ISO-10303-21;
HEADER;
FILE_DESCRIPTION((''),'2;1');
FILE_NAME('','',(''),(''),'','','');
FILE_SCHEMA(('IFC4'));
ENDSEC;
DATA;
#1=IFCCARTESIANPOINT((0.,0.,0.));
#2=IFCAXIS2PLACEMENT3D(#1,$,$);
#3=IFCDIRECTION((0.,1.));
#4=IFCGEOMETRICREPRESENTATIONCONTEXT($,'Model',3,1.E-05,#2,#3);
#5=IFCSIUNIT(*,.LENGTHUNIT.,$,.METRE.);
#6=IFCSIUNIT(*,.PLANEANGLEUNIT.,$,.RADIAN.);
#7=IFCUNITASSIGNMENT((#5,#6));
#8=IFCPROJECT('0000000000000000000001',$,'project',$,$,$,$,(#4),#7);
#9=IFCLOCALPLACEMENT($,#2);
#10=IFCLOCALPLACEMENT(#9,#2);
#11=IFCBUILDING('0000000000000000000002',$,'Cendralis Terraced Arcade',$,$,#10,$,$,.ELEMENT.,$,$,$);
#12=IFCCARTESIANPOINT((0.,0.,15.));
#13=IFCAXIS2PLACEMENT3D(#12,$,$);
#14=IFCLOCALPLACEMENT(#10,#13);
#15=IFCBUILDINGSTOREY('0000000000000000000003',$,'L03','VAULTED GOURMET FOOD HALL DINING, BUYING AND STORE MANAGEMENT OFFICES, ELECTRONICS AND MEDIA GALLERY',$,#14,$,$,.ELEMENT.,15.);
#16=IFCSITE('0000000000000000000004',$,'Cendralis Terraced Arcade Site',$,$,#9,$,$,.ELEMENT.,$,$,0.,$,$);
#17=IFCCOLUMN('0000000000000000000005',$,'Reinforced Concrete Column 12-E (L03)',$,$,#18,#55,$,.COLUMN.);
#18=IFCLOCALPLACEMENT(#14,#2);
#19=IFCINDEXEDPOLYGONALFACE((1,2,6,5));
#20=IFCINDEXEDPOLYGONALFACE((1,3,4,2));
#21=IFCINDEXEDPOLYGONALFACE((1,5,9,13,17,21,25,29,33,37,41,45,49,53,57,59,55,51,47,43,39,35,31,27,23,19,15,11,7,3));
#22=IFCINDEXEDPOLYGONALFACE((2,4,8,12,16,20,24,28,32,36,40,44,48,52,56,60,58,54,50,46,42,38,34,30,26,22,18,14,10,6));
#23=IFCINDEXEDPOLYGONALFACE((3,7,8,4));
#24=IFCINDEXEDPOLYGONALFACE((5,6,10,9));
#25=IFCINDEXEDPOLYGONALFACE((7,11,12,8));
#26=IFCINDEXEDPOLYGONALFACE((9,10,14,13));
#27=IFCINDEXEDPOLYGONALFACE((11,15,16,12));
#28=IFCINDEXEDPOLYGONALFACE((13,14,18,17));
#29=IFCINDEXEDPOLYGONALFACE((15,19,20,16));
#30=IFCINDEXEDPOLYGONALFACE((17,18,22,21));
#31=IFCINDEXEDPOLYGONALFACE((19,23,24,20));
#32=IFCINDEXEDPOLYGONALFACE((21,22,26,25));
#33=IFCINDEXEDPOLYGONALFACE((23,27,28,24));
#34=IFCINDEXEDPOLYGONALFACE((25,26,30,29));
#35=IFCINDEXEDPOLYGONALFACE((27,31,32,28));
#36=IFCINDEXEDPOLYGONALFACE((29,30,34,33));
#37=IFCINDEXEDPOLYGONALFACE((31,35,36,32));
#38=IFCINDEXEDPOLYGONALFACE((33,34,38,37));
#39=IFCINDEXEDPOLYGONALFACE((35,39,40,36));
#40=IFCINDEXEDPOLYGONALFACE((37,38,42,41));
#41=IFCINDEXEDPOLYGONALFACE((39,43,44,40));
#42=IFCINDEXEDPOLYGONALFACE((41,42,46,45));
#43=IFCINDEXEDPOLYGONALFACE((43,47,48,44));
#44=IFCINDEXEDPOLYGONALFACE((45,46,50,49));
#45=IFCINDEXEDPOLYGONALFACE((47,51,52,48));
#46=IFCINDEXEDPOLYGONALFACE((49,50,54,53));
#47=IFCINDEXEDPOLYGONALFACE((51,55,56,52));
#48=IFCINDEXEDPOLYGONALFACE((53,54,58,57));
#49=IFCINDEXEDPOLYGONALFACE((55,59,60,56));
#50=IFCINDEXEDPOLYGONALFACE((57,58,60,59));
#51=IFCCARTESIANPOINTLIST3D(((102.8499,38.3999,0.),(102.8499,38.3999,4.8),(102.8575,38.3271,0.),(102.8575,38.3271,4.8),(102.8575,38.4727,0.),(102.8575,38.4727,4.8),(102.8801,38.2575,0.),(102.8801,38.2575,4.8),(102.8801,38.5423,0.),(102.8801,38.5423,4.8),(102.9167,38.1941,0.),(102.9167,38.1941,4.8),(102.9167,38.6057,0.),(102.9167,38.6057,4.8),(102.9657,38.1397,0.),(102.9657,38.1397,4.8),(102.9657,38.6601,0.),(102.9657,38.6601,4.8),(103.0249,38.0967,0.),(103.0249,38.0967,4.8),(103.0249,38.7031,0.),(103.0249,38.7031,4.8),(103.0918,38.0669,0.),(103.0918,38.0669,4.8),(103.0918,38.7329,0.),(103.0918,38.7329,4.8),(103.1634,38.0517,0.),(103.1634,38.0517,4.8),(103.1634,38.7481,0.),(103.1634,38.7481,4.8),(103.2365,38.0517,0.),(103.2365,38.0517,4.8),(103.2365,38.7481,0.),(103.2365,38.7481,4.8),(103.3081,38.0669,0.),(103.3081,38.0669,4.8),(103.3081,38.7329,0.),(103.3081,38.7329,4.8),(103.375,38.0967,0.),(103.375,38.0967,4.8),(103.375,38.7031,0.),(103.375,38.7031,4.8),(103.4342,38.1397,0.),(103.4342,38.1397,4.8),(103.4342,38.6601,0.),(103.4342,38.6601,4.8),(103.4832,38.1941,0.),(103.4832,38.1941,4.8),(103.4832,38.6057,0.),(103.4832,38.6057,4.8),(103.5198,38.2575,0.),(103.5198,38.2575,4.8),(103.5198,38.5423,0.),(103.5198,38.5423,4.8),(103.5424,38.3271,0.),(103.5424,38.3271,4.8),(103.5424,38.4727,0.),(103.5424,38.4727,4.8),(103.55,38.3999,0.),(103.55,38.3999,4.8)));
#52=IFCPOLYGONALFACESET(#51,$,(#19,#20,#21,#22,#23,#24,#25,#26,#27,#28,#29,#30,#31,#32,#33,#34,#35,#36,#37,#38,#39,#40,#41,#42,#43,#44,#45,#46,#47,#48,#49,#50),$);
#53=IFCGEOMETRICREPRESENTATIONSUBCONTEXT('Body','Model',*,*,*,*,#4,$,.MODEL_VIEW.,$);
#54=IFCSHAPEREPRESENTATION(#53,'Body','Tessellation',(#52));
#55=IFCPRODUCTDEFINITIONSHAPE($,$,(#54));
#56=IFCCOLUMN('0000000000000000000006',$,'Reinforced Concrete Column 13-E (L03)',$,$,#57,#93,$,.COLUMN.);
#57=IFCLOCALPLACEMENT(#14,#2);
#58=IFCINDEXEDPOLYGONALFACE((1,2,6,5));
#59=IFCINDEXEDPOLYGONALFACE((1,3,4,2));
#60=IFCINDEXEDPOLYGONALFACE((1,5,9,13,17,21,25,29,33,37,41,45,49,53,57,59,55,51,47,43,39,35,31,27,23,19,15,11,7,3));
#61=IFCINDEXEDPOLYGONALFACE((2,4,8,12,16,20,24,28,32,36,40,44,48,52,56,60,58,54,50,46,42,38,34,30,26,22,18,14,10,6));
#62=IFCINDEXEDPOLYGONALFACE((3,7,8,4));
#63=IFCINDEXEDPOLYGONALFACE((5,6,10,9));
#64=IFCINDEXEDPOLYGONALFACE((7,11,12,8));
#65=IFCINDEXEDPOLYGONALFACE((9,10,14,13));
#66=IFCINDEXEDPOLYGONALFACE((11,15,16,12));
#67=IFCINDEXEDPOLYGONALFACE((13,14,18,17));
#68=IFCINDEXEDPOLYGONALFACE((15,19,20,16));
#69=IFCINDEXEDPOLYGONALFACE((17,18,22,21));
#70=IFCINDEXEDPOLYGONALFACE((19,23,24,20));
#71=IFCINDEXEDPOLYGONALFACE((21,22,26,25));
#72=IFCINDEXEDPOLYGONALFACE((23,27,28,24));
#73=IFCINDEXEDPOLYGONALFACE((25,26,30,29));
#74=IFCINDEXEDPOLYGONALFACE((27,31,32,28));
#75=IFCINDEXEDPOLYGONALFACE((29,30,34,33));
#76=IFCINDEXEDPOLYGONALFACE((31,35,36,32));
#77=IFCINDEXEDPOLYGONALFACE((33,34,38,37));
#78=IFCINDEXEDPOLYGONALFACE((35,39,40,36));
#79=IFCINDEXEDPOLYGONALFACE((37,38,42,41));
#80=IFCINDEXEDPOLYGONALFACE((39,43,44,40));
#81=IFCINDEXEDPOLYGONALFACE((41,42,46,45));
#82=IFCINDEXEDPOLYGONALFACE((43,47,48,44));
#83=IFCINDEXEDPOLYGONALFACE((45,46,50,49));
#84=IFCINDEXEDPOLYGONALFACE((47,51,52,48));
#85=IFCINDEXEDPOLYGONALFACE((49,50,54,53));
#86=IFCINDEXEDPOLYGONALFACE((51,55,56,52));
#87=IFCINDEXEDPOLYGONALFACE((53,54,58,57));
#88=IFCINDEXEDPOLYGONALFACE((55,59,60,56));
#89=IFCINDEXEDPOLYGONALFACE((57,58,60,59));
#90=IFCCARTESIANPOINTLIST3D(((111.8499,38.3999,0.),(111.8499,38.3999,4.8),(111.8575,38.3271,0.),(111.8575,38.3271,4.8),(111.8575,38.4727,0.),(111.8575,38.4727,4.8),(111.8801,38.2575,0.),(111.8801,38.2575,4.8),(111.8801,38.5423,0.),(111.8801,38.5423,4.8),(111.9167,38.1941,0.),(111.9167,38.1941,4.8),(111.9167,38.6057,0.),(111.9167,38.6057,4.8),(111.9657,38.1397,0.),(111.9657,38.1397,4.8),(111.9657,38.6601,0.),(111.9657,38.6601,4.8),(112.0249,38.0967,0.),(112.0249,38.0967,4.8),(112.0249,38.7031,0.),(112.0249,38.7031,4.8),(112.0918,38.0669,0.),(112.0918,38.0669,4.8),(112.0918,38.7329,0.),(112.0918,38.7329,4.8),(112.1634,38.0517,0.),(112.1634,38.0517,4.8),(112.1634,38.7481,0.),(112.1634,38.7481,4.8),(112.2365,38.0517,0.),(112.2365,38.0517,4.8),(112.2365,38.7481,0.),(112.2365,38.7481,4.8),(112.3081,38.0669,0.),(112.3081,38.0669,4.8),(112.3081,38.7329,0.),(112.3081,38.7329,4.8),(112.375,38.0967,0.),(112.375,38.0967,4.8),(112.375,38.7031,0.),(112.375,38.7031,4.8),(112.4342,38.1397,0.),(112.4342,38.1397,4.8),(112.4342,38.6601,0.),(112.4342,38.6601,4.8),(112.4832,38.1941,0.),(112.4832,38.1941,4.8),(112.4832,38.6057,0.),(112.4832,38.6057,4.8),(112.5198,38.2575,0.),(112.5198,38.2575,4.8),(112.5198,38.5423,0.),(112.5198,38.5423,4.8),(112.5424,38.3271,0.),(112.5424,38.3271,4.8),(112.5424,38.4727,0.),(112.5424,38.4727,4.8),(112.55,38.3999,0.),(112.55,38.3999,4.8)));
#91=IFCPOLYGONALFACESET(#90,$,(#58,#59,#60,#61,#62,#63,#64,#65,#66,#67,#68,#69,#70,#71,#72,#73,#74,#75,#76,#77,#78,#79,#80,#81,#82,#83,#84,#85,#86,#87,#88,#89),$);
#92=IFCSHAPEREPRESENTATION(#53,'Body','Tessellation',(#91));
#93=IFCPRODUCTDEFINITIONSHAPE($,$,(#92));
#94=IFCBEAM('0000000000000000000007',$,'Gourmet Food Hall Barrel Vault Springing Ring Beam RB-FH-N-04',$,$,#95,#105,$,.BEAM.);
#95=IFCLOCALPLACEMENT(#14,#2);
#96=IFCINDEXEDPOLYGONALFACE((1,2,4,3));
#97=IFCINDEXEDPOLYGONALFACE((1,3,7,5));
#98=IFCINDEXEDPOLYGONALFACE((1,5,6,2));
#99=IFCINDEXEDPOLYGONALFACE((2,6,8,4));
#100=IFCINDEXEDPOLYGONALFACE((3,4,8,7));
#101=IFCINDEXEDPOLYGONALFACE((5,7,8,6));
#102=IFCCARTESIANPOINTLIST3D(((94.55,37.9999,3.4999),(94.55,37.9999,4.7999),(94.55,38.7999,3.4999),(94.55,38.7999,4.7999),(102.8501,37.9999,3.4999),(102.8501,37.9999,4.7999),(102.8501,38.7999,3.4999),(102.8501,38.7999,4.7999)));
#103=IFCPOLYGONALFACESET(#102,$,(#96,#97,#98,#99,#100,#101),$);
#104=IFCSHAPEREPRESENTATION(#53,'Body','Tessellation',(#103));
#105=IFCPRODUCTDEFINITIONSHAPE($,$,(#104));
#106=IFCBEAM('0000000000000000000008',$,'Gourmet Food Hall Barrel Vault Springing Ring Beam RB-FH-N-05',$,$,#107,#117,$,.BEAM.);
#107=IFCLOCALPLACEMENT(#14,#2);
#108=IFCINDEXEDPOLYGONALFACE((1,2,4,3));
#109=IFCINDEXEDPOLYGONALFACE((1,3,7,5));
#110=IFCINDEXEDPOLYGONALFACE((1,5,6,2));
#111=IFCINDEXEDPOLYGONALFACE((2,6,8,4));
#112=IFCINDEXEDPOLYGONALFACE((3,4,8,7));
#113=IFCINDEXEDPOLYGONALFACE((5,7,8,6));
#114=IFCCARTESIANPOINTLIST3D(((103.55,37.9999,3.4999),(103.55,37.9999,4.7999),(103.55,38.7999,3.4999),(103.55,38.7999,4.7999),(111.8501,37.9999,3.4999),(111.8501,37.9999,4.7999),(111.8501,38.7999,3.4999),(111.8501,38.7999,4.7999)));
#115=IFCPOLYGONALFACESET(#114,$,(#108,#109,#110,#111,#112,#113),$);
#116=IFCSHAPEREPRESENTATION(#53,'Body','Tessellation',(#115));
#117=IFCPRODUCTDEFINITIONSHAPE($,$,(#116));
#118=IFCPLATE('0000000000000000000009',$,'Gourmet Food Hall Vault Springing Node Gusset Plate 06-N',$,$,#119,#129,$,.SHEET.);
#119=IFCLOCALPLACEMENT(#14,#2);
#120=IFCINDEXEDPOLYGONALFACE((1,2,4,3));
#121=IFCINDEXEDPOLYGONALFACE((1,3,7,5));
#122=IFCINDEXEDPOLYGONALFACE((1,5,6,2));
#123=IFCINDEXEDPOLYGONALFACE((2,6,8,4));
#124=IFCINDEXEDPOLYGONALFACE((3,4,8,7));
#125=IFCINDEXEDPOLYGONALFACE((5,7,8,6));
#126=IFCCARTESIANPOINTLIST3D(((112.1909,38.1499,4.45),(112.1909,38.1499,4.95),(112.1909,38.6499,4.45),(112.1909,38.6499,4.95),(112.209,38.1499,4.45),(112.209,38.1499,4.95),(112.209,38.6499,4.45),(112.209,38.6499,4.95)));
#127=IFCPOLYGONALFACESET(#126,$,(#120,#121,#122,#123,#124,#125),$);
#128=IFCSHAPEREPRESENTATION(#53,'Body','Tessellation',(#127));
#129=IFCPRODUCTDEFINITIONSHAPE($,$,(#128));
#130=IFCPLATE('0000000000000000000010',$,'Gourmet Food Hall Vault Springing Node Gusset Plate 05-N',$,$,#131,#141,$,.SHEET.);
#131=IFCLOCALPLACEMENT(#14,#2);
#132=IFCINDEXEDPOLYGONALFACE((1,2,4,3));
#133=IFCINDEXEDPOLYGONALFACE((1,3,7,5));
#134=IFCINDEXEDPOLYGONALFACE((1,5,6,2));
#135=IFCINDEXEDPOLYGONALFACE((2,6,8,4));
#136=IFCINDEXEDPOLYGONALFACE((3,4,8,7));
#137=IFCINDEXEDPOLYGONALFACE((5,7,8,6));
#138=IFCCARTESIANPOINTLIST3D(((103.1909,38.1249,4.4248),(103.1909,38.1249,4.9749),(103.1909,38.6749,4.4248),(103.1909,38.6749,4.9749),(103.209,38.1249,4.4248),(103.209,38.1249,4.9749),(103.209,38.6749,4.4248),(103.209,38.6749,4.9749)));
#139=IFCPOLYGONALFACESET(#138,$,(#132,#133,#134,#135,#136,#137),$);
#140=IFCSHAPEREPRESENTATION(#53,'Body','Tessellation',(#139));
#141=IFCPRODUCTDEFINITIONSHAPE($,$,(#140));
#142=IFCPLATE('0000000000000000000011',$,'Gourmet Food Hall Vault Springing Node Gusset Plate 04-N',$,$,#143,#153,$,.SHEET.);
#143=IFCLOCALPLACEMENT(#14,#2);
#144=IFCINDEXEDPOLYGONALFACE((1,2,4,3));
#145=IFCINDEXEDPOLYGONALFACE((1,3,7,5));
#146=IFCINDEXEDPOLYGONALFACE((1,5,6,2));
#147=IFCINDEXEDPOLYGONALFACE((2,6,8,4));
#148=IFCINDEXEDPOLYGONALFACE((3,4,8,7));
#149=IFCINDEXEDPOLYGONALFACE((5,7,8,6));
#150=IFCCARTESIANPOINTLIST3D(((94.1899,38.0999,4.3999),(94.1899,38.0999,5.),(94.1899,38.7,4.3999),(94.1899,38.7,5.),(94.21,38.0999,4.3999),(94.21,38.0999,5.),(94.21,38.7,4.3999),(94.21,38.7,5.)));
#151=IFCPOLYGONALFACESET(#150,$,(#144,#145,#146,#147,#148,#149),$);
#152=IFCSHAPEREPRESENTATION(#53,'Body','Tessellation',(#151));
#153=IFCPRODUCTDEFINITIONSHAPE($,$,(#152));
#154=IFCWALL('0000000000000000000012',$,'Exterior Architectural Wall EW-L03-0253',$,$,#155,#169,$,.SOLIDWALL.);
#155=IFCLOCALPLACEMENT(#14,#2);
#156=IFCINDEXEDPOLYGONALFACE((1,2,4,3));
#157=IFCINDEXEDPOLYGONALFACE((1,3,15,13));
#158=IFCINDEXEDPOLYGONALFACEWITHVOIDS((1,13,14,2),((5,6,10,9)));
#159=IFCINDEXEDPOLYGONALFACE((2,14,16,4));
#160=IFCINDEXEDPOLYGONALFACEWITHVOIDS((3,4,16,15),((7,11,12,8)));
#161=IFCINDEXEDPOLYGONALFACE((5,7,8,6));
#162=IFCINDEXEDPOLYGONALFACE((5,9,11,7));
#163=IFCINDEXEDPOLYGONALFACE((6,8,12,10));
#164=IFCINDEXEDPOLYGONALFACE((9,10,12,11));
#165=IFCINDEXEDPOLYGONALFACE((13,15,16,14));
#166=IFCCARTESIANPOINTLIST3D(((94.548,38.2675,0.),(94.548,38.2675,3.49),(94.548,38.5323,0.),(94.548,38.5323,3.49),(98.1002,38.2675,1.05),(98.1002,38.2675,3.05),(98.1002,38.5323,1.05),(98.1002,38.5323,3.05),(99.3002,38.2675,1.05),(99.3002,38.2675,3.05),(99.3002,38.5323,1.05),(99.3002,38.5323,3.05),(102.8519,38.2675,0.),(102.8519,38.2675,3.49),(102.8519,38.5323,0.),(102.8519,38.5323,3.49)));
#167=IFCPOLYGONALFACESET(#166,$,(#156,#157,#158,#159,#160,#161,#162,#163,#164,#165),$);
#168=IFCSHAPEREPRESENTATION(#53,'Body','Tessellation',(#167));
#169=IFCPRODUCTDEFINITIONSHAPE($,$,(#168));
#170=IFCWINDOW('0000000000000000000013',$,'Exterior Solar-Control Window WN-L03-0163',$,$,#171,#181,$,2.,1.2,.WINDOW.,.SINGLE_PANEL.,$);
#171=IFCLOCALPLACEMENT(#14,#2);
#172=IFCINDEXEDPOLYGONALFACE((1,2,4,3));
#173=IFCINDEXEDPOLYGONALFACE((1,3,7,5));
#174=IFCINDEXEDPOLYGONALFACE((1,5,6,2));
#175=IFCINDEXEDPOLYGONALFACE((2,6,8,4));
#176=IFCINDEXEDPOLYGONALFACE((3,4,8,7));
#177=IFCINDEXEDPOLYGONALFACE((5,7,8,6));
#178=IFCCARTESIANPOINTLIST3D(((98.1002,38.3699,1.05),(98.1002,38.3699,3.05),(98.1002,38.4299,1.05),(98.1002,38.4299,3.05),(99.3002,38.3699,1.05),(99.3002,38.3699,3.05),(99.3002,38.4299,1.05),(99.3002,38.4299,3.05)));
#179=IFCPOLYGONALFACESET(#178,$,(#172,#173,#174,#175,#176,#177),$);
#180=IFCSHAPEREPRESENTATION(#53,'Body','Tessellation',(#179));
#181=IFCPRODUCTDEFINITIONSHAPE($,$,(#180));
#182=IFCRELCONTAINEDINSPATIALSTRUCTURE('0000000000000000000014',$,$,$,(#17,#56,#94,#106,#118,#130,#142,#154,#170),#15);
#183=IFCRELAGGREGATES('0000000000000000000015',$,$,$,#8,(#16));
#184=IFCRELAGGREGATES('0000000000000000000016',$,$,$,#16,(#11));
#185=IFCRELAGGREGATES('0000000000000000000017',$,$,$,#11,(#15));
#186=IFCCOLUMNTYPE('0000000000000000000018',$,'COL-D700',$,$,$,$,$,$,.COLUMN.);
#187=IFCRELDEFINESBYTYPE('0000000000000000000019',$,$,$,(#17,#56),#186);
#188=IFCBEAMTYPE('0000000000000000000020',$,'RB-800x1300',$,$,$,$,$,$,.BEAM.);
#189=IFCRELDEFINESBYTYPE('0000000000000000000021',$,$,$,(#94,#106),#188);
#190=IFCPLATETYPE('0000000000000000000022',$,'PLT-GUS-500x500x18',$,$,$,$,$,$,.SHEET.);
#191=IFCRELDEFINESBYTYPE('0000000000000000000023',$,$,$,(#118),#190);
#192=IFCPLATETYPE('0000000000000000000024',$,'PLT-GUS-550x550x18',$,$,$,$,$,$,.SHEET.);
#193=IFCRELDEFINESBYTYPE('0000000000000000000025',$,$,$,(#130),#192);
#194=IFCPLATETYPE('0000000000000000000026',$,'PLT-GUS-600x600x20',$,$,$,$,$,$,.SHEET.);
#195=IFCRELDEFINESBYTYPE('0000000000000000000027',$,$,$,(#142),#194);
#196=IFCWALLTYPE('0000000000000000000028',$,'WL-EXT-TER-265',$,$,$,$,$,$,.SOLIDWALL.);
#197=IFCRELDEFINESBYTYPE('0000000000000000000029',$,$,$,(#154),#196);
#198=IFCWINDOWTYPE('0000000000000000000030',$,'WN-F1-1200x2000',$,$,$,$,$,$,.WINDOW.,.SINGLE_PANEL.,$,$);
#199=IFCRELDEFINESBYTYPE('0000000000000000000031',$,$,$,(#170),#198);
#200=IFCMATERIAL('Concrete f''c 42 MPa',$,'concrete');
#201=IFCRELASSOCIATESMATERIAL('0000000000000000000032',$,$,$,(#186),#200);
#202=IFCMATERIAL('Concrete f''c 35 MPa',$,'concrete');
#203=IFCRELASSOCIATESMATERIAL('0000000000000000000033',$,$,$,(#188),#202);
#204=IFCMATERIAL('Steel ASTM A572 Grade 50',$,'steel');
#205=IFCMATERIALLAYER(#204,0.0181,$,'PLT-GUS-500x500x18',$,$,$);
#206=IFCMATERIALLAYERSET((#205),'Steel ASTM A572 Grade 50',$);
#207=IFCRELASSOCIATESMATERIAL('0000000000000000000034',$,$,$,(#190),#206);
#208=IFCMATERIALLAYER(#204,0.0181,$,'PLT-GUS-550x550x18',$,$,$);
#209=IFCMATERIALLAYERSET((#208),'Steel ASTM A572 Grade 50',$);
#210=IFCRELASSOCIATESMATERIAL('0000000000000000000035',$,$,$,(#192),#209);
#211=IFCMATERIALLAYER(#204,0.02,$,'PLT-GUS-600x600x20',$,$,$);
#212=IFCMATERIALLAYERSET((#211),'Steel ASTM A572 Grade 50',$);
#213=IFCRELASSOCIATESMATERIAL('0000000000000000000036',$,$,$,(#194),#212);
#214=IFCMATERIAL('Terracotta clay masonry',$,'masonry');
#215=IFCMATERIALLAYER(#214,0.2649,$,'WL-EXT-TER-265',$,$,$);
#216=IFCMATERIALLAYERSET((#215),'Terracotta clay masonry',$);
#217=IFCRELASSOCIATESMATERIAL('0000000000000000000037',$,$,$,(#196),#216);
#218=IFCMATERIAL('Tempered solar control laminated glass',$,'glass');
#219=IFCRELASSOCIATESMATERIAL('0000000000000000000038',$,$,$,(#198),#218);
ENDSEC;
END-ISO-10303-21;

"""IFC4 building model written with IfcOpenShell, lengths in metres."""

from ifc_helpers import new_model, si_unit, direction, frame, frame_2d, origin, origin_2d, place, context, subcontext, project, spatial, rectangle, circle, extrude, material, layer, layer_set, material_profile, profile_set, type_object, element, fill, save


model = new_model("IFC4")

# Units and contexts
model_context = context("Model", 3, precision=1e-05, world=origin(), true_north=direction((0.0, 1.0)))
body_context = subcontext(model_context, "Body", "Model", "MODEL_VIEW")
ifc_project = project(units=[si_unit("LENGTHUNIT", "METRE"), si_unit("PLANEANGLEUNIT", "RADIAN")], contexts=[model_context])

# Site, building, storey
site_placement = place(None, origin())
site = spatial("IfcSite", under=ifc_project, at=site_placement, Name="Cendralis Terraced Arcade Site", CompositionType="ELEMENT", RefElevation=0.0)
building_placement = place(site_placement, origin())
building = spatial("IfcBuilding", under=site, at=building_placement, Name="Cendralis Terraced Arcade", CompositionType="ELEMENT")
storey_placement = place(building_placement, frame((0.0, 0.0, 15.0)))
storey = spatial("IfcBuildingStorey", under=building, at=storey_placement, Name="L03", Description="VAULTED GOURMET FOOD HALL DINING, BUYING AND STORE MANAGEMENT OFFICES, ELECTRONICS AND MEDIA GALLERY", CompositionType="ELEMENT", Elevation=15.0)

# Columns
ifc_material_1 = material(Name="Concrete f'c 42 MPa", Category="concrete")
ifc_material_profile_1 = material_profile(ifc_material_1, circle(Radius=0.3501, at=origin_2d()), Name="RC-COL-D700", Category="LoadBearing")
ifc_profile_set_1 = profile_set([ifc_material_profile_1], Name="Concrete f'c 42 MPa")
column_type = type_object("IfcColumnType", Name="COL-D700", PredefinedType="COLUMN", material=ifc_profile_set_1)
for number, where, z_axis, x_axis, name in (
    (1, (103.2, 38.3999, 0.0), (0.0, 0.0, 1.0), (1.0, 0.0, 0.0), "Reinforced Concrete Column 12-E (L03)"),
    (2, (112.2, 38.3999, 0.0), (0.0, 0.0, 1.0), (1.0, 0.0, 0.0), "Reinforced Concrete Column 13-E (L03)"),
):
    element("IfcColumn", number, at=place(storey_placement, frame(where, z_axis=z_axis, x_axis=x_axis)), inside=storey, type_object=column_type, Name=name, PredefinedType="COLUMN", context=body_context, shape_type="SweptSolid", body=[
        extrude(circle(Radius=0.3501, at=origin_2d()), origin(), (0.0, 0.0, 1.0), 4.8),
    ])

# Beams
ifc_material_2 = material(Name="Concrete f'c 35 MPa", Category="concrete")
ifc_material_profile_2 = material_profile(ifc_material_2, rectangle(XDim=0.8, YDim=1.3, at=origin_2d()), Name="RC-RB-800x1300", Category="LoadBearing")
ifc_profile_set_2 = profile_set([ifc_material_profile_2], Name="Concrete f'c 35 MPa")
beam_type = type_object("IfcBeamType", Name="RB-800x1300", PredefinedType="BEAM", material=ifc_profile_set_2)
for number, where, z_axis, x_axis, name in (
    (3, (94.55, 38.3999, 4.1499), (1.0, 0.0, 0.0), (0.0, 1.0, 0.0), "Gourmet Food Hall Barrel Vault Springing Ring Beam RB-FH-N-04"),
    (4, (103.55, 38.3999, 4.1499), (1.0, 0.0, 0.0), (0.0, 1.0, 0.0), "Gourmet Food Hall Barrel Vault Springing Ring Beam RB-FH-N-05"),
):
    element("IfcBeam", number, at=place(storey_placement, frame(where, z_axis=z_axis, x_axis=x_axis)), inside=storey, type_object=beam_type, Name=name, PredefinedType="BEAM", context=body_context, shape_type="SweptSolid", body=[
        extrude(rectangle(XDim=0.8, YDim=1.3, at=origin_2d()), origin(), (0.0, 0.0, 1.0), 8.3),
    ])

# Plates
ifc_material_3 = material(Name="Steel ASTM A572 Grade 50", Category="steel")
ifc_layer_1 = layer(ifc_material_3, 0.0181, Name="PLT-GUS-500x500x18")
ifc_layer_set_1 = layer_set([ifc_layer_1], Name="Steel ASTM A572 Grade 50")
plate_type_1 = type_object("IfcPlateType", Name="PLT-GUS-500x500x18", PredefinedType="SHEET", material=ifc_layer_set_1)
plate_1_placement = place(storey_placement, frame((112.2, 38.3999, 4.45), z_axis=(0.0, 0.0, 1.0), x_axis=(0.0, 1.0, 0.0)))
element("IfcPlate", 5, at=plate_1_placement, inside=storey, type_object=plate_type_1, Name="Gourmet Food Hall Vault Springing Node Gusset Plate 06-N", PredefinedType="SHEET", context=body_context, shape_type="SweptSolid", body=[
    extrude(rectangle(XDim=0.5, YDim=0.0181, at=origin_2d()), origin(), (0.0, 0.0, 1.0), 0.5),
])
ifc_layer_2 = layer(ifc_material_3, 0.0181, Name="PLT-GUS-550x550x18")
ifc_layer_set_2 = layer_set([ifc_layer_2], Name="Steel ASTM A572 Grade 50")
plate_type_2 = type_object("IfcPlateType", Name="PLT-GUS-550x550x18", PredefinedType="SHEET", material=ifc_layer_set_2)
plate_2_placement = place(storey_placement, frame((103.2, 38.3999, 4.4248), z_axis=(0.0, 0.0, 1.0), x_axis=(0.0, 1.0, 0.0)))
element("IfcPlate", 6, at=plate_2_placement, inside=storey, type_object=plate_type_2, Name="Gourmet Food Hall Vault Springing Node Gusset Plate 05-N", PredefinedType="SHEET", context=body_context, shape_type="SweptSolid", body=[
    extrude(rectangle(XDim=0.55, YDim=0.0181, at=origin_2d()), origin(), (0.0, 0.0, 1.0), 0.55),
])
ifc_layer_3 = layer(ifc_material_3, 0.02, Name="PLT-GUS-600x600x20")
ifc_layer_set_3 = layer_set([ifc_layer_3], Name="Steel ASTM A572 Grade 50")
plate_type_3 = type_object("IfcPlateType", Name="PLT-GUS-600x600x20", PredefinedType="SHEET", material=ifc_layer_set_3)
plate_3_placement = place(storey_placement, frame((94.2, 38.3999, 4.3999), z_axis=(0.0, 0.0, 1.0), x_axis=(0.0, 1.0, 0.0)))
element("IfcPlate", 7, at=plate_3_placement, inside=storey, type_object=plate_type_3, Name="Gourmet Food Hall Vault Springing Node Gusset Plate 04-N", PredefinedType="SHEET", context=body_context, shape_type="SweptSolid", body=[
    extrude(rectangle(XDim=0.6001, YDim=0.02, at=origin_2d()), origin(), (0.0, 0.0, 1.0), 0.6001),
])

# Wall, opening, window
ifc_material_4 = material(Name="Terracotta clay masonry", Category="masonry")
ifc_layer_4 = layer(ifc_material_4, 0.2649, Name="WL-EXT-TER-265")
ifc_layer_set_4 = layer_set([ifc_layer_4], Name="Terracotta clay masonry")
wall_type_1 = type_object("IfcWallType", Name="WL-EXT-TER-265", PredefinedType="SOLIDWALL", material=ifc_layer_set_4)
wall_1_placement = place(storey_placement, frame((94.5481, 38.3999, 0.0), z_axis=(0.0, 0.0, 1.0), x_axis=(1.0, 0.0, 0.0)))
wall_1 = element("IfcWall", 8, at=wall_1_placement, inside=storey, type_object=wall_type_1, Name="Exterior Architectural Wall EW-L03-0253", PredefinedType="SOLIDWALL", context=body_context, shape_type="SweptSolid", body=[
    extrude(rectangle(XDim=8.304, YDim=0.2649, at=frame_2d((4.1519, 0.0))), origin(), (0.0, 0.0, 1.0), 3.49),
])
opening_1_placement = place(wall_1_placement, frame((3.552, 0.0, 1.05)))
opening_1 = element("IfcOpeningElement", 9, at=opening_1_placement, cuts=wall_1, PredefinedType="OPENING", context=body_context, shape_type="SweptSolid", body=[
    extrude(rectangle(XDim=1.2, YDim=2.0, at=frame_2d((0.6001, 1.0))), frame((0.0, 0.1445, 0.0), z_axis=(0.0, -1.0, 0.0), x_axis=(1.0, 0.0, 0.0)), (0.0, 0.0, 1.0), 0.2888),
])
ifc_material_5 = material(Name="Tempered solar control laminated glass", Category="glass")
window_type_1 = type_object("IfcWindowType", Name="WN-F1-1200x2000", PartitioningType="SINGLE_PANEL", PredefinedType="WINDOW", material=ifc_material_5)
window_1_placement = place(opening_1_placement, origin())
window_1 = element("IfcWindow", 10, at=window_1_placement, inside=storey, type_object=window_type_1, Name="Exterior Solar-Control Window WN-L03-0163", OverallHeight=2.0, OverallWidth=1.2, PartitioningType="SINGLE_PANEL", PredefinedType="WINDOW", context=body_context, shape_type="SweptSolid", body=[
    extrude(rectangle(XDim=1.2, YDim=2.0, at=frame_2d((0.6001, 1.0))), frame((0.0, 0.03, 0.0), z_axis=(0.0, -1.0, 0.0), x_axis=(1.0, 0.0, 0.0)), (0.0, 0.0, 1.0), 0.0601),
])
fill(opening_1, window_1)

save(model, "model.ifc")
